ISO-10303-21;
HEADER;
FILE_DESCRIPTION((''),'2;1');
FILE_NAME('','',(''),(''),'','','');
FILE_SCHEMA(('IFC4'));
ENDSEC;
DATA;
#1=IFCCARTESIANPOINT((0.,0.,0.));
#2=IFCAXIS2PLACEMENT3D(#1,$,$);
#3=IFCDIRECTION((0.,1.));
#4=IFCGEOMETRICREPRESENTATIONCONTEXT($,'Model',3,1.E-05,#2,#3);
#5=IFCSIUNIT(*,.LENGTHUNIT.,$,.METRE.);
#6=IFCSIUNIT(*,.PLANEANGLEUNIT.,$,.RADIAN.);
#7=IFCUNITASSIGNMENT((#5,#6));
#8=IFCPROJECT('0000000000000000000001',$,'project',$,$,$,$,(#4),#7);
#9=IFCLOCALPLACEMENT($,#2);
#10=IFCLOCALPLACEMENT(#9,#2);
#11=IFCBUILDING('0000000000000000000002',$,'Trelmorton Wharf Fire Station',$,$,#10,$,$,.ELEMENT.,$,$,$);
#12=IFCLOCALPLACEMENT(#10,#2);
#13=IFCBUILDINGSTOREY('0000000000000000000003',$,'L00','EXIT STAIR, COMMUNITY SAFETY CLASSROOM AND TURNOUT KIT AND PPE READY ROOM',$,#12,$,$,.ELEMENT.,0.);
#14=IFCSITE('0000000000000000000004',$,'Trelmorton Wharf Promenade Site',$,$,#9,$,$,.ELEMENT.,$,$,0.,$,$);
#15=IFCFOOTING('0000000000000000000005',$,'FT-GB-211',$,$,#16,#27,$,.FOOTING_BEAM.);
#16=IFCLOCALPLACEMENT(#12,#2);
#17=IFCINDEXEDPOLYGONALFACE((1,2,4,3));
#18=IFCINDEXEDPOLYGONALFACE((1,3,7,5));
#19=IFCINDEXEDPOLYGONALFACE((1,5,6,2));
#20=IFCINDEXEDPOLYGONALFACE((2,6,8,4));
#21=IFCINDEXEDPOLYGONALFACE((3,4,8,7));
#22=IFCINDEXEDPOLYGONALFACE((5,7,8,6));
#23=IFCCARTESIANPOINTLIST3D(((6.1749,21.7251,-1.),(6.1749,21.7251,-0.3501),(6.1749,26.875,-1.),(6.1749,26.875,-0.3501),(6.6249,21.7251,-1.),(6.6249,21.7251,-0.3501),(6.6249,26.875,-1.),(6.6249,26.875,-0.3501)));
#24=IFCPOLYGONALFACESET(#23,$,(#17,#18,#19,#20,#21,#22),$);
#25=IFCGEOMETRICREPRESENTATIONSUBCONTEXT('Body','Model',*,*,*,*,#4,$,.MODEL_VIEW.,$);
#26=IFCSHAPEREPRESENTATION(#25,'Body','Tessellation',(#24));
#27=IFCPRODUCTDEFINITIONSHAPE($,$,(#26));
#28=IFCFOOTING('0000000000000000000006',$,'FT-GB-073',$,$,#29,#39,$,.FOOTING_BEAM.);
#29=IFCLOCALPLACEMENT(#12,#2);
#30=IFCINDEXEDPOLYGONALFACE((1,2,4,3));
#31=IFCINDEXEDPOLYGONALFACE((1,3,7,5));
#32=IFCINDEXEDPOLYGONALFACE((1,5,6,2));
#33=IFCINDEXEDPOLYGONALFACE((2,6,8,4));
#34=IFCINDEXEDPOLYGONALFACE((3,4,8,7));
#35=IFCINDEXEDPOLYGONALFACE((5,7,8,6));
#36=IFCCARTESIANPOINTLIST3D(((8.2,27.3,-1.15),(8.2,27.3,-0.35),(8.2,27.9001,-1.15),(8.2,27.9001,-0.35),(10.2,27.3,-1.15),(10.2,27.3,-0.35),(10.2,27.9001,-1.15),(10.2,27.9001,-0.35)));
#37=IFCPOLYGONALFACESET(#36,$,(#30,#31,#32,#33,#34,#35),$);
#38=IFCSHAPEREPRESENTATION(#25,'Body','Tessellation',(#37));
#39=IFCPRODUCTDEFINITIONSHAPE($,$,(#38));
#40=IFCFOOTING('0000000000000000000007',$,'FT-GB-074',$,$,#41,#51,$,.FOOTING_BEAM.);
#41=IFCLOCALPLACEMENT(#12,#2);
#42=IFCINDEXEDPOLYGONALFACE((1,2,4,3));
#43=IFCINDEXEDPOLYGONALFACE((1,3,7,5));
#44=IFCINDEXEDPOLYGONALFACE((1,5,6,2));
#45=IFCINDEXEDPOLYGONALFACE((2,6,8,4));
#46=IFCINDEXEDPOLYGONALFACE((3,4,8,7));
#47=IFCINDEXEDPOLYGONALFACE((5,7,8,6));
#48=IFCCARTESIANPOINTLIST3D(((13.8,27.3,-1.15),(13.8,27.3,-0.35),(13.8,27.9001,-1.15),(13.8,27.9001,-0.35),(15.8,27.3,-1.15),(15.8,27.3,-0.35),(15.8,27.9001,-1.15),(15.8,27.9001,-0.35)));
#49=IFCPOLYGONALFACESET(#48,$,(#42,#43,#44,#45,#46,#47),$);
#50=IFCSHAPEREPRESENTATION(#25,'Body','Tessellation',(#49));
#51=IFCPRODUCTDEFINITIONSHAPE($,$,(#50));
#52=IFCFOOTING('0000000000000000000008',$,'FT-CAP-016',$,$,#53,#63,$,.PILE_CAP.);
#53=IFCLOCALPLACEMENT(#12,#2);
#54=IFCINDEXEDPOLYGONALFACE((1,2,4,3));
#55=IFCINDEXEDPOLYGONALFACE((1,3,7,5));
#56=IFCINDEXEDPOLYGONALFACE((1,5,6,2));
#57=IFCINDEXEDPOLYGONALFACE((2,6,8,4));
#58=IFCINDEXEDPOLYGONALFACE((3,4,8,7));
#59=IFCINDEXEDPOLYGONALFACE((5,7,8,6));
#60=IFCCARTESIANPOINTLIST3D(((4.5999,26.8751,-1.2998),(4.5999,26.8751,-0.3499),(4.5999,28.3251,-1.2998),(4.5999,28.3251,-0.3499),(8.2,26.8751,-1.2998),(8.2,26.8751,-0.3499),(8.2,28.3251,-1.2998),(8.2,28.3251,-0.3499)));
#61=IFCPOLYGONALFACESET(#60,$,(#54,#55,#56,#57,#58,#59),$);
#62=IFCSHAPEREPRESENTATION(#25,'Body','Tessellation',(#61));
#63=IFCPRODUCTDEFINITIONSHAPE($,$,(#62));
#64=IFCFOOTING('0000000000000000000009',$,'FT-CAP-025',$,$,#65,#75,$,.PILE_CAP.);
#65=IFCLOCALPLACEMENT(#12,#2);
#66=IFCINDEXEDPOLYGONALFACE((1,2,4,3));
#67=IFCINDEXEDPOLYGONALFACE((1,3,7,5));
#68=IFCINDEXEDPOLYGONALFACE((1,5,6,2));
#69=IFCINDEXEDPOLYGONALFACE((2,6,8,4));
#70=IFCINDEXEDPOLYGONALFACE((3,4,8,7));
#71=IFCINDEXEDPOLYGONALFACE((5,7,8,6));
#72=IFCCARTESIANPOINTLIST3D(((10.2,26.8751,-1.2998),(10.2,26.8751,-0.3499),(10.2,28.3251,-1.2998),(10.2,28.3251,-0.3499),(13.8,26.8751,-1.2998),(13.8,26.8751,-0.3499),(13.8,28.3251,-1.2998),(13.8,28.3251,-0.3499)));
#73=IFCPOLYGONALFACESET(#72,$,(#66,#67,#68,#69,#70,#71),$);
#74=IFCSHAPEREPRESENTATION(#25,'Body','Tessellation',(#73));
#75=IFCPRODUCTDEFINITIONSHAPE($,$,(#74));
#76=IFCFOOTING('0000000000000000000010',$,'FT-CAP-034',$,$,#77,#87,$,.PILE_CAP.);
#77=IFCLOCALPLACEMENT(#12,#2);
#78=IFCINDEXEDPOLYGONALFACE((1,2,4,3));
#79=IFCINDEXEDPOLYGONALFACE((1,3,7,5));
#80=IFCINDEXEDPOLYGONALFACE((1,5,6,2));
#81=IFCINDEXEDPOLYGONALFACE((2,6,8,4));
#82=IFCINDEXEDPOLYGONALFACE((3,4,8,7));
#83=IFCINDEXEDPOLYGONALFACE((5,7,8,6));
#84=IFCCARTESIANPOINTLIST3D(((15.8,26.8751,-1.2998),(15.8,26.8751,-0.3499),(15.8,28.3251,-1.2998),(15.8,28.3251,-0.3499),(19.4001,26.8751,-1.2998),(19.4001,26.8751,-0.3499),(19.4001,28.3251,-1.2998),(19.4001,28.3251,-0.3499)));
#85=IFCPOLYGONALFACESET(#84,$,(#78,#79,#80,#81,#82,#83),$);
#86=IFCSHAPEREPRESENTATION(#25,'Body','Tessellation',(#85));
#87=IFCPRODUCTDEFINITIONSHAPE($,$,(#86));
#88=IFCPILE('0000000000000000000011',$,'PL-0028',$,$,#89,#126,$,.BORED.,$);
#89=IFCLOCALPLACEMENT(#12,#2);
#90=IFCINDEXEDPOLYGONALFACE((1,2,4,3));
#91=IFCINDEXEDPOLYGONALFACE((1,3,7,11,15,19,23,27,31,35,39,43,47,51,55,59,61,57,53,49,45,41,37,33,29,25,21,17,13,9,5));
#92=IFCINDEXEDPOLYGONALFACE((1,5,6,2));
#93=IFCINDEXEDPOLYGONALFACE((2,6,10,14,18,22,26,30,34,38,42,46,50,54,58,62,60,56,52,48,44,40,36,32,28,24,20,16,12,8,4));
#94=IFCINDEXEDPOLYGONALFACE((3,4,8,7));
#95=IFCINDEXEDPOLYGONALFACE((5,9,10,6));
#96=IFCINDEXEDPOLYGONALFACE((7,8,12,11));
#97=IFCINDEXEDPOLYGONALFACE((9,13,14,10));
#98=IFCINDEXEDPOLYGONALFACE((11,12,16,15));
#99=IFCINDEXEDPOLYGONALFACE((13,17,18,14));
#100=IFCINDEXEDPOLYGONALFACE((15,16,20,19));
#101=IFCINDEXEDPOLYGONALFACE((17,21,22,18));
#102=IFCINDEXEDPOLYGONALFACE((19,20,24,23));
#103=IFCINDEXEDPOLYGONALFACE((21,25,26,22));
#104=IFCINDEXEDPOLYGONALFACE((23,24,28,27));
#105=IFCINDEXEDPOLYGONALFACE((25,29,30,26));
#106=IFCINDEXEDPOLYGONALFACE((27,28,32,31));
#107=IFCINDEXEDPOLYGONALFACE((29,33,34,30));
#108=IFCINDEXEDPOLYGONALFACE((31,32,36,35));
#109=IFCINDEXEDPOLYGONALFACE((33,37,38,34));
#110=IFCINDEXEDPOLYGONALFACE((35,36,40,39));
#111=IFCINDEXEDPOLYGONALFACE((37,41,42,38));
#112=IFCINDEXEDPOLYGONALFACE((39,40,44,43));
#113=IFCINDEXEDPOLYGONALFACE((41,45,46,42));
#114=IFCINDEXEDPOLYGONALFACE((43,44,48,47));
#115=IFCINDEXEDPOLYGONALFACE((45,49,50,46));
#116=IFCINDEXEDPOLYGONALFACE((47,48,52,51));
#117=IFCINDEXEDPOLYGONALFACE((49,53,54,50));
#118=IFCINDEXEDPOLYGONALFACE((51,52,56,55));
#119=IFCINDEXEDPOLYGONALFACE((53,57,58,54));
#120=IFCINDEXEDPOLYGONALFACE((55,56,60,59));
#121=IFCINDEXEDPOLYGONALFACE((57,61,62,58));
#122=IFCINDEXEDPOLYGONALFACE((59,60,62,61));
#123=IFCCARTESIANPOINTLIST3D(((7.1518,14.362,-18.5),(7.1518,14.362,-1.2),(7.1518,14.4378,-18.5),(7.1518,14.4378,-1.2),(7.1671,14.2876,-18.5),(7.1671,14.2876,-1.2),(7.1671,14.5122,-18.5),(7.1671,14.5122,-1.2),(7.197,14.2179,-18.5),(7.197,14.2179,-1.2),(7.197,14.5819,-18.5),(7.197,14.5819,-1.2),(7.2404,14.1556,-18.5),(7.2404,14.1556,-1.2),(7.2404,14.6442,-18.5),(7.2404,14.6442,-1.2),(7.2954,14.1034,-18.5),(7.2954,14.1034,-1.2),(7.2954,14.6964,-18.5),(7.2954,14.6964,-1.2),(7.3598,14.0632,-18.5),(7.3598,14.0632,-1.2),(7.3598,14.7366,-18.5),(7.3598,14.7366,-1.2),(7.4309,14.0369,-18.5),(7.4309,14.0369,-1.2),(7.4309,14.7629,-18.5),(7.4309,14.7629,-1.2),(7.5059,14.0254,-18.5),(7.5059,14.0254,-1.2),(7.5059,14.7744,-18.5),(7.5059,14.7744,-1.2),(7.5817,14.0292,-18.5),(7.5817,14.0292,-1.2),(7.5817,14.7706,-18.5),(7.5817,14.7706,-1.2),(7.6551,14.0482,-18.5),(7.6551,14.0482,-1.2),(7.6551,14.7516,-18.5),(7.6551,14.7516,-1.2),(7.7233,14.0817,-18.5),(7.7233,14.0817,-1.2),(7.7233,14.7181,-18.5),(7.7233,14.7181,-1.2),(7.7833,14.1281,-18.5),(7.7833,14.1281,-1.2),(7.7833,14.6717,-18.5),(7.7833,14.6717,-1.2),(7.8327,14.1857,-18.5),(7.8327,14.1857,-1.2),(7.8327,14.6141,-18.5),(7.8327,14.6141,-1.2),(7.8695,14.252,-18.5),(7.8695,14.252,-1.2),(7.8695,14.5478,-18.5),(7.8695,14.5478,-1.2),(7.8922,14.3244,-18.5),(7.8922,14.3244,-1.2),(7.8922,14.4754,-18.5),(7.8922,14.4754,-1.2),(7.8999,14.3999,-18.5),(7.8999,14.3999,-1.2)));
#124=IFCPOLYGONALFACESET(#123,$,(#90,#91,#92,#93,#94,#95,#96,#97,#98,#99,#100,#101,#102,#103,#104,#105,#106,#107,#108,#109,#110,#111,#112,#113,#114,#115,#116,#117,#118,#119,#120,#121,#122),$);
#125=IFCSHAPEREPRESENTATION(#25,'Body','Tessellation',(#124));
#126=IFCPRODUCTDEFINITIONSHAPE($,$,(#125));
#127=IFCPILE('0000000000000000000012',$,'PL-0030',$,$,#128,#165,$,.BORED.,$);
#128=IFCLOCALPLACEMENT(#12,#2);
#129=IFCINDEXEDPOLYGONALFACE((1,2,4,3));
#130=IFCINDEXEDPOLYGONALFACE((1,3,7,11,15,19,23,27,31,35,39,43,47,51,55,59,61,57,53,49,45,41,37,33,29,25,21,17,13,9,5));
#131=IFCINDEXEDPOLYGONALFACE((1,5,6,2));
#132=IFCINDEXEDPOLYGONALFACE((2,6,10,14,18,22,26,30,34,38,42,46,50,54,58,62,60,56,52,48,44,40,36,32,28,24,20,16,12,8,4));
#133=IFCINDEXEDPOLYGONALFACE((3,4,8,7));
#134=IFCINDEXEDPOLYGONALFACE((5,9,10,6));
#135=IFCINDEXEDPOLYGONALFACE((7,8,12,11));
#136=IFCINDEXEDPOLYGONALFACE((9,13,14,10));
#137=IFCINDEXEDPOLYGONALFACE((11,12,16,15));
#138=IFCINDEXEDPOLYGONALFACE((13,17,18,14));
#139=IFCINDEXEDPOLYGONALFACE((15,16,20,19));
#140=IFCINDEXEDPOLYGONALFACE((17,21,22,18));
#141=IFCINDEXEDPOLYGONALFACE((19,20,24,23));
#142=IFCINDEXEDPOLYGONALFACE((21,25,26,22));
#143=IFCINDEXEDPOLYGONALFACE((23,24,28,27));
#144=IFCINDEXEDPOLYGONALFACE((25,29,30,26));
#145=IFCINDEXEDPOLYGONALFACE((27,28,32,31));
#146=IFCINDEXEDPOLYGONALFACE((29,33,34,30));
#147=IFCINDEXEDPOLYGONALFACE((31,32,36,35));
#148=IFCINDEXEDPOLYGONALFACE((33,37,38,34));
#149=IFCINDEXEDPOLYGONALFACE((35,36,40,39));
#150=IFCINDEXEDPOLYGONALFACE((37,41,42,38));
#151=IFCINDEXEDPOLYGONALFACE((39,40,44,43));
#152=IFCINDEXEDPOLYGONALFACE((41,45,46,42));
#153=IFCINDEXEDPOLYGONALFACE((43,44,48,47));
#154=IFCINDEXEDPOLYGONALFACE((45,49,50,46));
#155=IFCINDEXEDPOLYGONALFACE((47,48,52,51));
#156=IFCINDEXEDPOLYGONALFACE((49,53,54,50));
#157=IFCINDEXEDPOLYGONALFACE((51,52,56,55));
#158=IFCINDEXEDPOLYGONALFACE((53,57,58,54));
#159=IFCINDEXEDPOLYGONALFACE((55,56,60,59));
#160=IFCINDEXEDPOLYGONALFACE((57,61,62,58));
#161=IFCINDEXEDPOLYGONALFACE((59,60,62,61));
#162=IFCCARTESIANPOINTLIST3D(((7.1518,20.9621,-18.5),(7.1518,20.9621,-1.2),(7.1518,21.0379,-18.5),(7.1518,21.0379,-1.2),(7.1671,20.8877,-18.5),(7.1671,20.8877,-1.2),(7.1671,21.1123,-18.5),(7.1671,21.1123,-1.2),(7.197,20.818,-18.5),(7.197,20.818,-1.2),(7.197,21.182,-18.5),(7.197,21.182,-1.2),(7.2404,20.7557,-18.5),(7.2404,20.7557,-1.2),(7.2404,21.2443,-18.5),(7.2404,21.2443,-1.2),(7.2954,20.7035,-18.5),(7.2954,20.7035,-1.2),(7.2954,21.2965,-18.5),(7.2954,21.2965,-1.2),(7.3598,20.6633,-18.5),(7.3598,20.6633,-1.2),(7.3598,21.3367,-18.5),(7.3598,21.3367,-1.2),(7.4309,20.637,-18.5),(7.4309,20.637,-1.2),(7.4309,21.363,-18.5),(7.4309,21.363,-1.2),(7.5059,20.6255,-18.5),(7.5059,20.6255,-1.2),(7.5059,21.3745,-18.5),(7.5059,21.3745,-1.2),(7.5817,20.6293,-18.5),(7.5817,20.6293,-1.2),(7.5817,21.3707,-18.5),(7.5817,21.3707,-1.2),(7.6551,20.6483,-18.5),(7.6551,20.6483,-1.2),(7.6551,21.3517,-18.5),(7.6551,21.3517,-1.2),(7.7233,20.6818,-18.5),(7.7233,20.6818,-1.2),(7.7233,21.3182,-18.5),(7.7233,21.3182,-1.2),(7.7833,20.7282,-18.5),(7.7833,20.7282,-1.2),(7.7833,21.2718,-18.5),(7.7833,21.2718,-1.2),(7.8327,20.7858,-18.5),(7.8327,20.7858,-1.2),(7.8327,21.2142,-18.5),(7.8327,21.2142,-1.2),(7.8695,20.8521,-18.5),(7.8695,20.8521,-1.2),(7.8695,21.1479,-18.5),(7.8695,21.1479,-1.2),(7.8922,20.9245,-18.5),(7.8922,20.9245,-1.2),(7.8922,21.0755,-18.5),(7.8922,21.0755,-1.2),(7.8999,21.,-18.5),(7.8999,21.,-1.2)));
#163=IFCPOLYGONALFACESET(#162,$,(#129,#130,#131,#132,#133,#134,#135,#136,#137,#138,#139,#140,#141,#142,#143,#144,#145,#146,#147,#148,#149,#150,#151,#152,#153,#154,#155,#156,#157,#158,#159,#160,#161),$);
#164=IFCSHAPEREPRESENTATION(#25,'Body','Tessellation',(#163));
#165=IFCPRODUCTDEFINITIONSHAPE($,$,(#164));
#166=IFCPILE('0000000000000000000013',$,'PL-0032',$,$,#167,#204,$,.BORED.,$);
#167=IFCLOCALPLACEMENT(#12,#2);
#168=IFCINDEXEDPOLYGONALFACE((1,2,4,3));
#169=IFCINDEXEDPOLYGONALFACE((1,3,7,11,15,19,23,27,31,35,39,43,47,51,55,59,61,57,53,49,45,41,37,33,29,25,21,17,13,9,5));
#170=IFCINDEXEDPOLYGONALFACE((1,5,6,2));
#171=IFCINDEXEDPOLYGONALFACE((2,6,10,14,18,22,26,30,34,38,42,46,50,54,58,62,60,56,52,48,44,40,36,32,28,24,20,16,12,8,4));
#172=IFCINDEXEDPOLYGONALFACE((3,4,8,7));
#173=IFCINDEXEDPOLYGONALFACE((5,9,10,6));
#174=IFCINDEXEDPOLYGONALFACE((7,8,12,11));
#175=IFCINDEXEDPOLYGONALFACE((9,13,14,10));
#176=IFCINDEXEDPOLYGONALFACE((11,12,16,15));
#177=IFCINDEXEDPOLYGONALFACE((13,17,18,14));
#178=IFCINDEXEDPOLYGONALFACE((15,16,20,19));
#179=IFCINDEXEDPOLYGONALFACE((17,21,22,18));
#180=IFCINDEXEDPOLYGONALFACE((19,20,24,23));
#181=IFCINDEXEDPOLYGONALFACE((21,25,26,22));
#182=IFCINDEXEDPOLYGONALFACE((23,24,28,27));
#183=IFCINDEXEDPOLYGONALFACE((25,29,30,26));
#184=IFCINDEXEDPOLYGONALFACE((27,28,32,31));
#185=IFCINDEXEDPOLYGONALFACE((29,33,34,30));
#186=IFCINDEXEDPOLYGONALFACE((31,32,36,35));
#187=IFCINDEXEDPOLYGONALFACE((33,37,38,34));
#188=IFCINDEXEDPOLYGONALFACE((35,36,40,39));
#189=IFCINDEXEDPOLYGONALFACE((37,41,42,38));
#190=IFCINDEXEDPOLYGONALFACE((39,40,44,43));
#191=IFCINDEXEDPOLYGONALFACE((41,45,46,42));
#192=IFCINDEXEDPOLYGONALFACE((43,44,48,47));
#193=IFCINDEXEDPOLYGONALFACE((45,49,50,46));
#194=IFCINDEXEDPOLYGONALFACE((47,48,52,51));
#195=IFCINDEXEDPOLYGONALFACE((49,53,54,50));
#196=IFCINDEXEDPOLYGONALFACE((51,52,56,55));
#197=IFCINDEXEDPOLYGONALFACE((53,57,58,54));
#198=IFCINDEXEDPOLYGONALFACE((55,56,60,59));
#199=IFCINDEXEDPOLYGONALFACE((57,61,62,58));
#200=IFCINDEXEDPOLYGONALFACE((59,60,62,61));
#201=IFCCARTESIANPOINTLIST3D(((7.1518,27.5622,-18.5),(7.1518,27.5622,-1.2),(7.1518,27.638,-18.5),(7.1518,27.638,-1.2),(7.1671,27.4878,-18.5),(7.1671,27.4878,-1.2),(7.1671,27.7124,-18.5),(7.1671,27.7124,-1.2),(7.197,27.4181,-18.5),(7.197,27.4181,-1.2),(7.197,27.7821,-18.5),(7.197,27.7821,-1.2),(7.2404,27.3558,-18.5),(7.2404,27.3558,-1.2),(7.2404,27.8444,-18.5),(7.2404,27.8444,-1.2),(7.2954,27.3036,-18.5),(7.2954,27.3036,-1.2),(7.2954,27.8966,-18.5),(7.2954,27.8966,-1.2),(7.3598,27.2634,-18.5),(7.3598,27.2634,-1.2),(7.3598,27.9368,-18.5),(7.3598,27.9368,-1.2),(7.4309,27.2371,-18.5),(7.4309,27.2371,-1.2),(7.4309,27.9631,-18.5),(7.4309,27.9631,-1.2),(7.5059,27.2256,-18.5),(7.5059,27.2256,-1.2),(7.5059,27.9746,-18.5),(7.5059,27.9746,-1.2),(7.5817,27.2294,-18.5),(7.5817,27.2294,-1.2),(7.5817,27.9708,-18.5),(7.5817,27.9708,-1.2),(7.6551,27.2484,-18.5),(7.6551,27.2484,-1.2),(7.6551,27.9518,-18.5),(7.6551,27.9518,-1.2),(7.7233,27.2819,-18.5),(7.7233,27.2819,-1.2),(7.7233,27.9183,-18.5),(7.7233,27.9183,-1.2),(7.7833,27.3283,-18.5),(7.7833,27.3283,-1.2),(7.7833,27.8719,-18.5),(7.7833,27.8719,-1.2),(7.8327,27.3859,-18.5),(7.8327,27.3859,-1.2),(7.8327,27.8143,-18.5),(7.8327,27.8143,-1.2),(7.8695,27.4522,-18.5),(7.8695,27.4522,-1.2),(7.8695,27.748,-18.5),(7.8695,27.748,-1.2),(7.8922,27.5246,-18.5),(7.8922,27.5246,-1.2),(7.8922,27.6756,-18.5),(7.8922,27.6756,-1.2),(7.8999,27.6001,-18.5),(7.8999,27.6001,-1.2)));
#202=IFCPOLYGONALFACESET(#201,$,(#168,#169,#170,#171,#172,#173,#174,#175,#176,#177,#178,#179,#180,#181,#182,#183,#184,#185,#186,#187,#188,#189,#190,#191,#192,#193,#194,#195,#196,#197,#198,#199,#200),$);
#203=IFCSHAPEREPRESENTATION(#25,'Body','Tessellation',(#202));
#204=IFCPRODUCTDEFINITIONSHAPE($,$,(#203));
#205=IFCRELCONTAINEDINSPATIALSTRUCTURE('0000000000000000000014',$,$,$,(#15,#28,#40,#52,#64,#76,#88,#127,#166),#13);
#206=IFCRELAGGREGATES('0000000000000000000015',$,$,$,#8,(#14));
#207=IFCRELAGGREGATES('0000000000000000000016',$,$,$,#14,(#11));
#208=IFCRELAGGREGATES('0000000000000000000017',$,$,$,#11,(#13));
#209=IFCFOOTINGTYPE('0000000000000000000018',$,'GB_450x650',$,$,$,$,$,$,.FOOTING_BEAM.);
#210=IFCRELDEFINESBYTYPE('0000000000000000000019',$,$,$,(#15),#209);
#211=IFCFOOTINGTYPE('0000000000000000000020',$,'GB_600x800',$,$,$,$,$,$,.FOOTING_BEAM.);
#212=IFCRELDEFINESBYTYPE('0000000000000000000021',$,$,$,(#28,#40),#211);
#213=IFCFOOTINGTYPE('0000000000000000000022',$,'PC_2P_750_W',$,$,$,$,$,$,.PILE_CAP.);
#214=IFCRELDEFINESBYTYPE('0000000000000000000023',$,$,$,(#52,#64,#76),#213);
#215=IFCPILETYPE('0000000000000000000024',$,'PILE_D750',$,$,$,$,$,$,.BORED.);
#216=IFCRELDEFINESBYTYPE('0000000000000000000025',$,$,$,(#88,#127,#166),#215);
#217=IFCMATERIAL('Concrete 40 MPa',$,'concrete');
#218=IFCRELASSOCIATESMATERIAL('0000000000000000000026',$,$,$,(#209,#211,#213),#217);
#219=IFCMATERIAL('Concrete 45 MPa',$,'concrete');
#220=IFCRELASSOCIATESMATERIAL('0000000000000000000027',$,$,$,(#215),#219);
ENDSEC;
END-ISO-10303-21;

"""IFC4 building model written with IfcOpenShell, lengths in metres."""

from ifc_helpers import new_model, si_unit, direction, frame, origin, origin_2d, place, context, subcontext, project, spatial, rectangle, circle, extrude, material, material_profile, profile_set, type_object, element, save


model = new_model("IFC4")

# Units and contexts
model_context = context("Model", 3, precision=1e-05, world=origin(), true_north=direction((0.0, 1.0)))
body_context = subcontext(model_context, "Body", "Model", "MODEL_VIEW")
ifc_project = project(units=[si_unit("LENGTHUNIT", "METRE"), si_unit("PLANEANGLEUNIT", "RADIAN")], contexts=[model_context])

# Site, building, storey
site_placement = place(None, origin())
site = spatial("IfcSite", under=ifc_project, at=site_placement, Name="Trelmorton Wharf Promenade Site", CompositionType="ELEMENT", RefElevation=0.0)
building_placement = place(site_placement, origin())
building = spatial("IfcBuilding", under=site, at=building_placement, Name="Trelmorton Wharf Fire Station", CompositionType="ELEMENT")
storey_placement = place(building_placement, origin())
storey = spatial("IfcBuildingStorey", under=building, at=storey_placement, Name="L00", Description="EXIT STAIR, COMMUNITY SAFETY CLASSROOM AND TURNOUT KIT AND PPE READY ROOM", CompositionType="ELEMENT", Elevation=0.0)

# Footings
ifc_material_1 = material(Name="Concrete 40 MPa", Category="concrete")
ifc_material_profile_1 = material_profile(ifc_material_1, rectangle(XDim=0.45, YDim=0.6499, at=origin_2d()), Name="RC450x650")
ifc_profile_set_1 = profile_set([ifc_material_profile_1], Name="Concrete 40 MPa")
footing_type_1 = type_object("IfcFootingType", Name="GB_450x650", PredefinedType="FOOTING_BEAM", material=ifc_profile_set_1)
footing_placement = place(storey_placement, frame((6.3999, 21.7251, -0.675), z_axis=(0.0, 1.0, 0.0), x_axis=(-1.0, 0.0, 0.0)))
element("IfcFooting", 1, at=footing_placement, inside=storey, type_object=footing_type_1, Name="FT-GB-211", PredefinedType="FOOTING_BEAM", context=body_context, shape_type="SweptSolid", body=[
    extrude(rectangle(XDim=0.45, YDim=0.6499, at=origin_2d()), origin(), (0.0, 0.0, 1.0), 5.1499),
])
ifc_material_profile_2 = material_profile(ifc_material_1, rectangle(XDim=0.6001, YDim=0.8, at=origin_2d()), Name="RC600x800")
ifc_profile_set_2 = profile_set([ifc_material_profile_2], Name="Concrete 40 MPa")
footing_type_2 = type_object("IfcFootingType", Name="GB_600x800", PredefinedType="FOOTING_BEAM", material=ifc_profile_set_2)
for number, where, z_axis, x_axis, name in (
    (2, (8.2, 27.6001, -0.75), (1.0, 0.0, 0.0), (0.0, 1.0, 0.0), "FT-GB-073"),
    (3, (13.8, 27.6001, -0.75), (1.0, 0.0, 0.0), (0.0, 1.0, 0.0), "FT-GB-074"),
):
    element("IfcFooting", number, at=place(storey_placement, frame(where, z_axis=z_axis, x_axis=x_axis)), inside=storey, type_object=footing_type_2, Name=name, PredefinedType="FOOTING_BEAM", context=body_context, shape_type="SweptSolid", body=[
        extrude(rectangle(XDim=0.6001, YDim=0.8, at=origin_2d()), origin(), (0.0, 0.0, 1.0), 2.0),
    ])
footing_type_3 = type_object("IfcFootingType", Name="PC_2P_750_W", PredefinedType="PILE_CAP", material=ifc_material_1)
for number, where, z_axis, x_axis, name in (
    (4, (6.3999, 27.6001, -1.2998), (0.0, 0.0, 1.0), (1.0, 0.0, 0.0), "FT-CAP-016"),
    (5, (12.0, 27.6001, -1.2998), (0.0, 0.0, 1.0), (1.0, 0.0, 0.0), "FT-CAP-025"),
    (6, (17.6001, 27.6001, -1.2998), (0.0, 0.0, 1.0), (1.0, 0.0, 0.0), "FT-CAP-034"),
):
    element("IfcFooting", number, at=place(storey_placement, frame(where, z_axis=z_axis, x_axis=x_axis)), inside=storey, type_object=footing_type_3, Name=name, PredefinedType="PILE_CAP", context=body_context, shape_type="SweptSolid", body=[
        extrude(rectangle(XDim=3.6001, YDim=1.45, at=origin_2d()), origin(), (0.0, 0.0, 1.0), 0.95),
    ])

# Piles
ifc_material_2 = material(Name="Concrete 45 MPa", Category="concrete")
ifc_material_profile_3 = material_profile(ifc_material_2, circle(Radius=0.375, at=origin_2d()), Name="PILE-D750")
ifc_profile_set_3 = profile_set([ifc_material_profile_3], Name="Concrete 45 MPa")
pile_type = type_object("IfcPileType", Name="PILE_D750", PredefinedType="BORED", material=ifc_profile_set_3)
for number, where, z_axis, x_axis, name in (
    (7, (7.5249, 14.3999, -1.2), (0.0, 0.0, -1.0), (1.0, 0.0, 0.0), "PL-0028"),
    (8, (7.5249, 21.0, -1.2), (0.0, 0.0, -1.0), (1.0, 0.0, 0.0), "PL-0030"),
    (9, (7.5249, 27.6001, -1.2), (0.0, 0.0, -1.0), (1.0, 0.0, 0.0), "PL-0032"),
):
    element("IfcPile", number, at=place(storey_placement, frame(where, z_axis=z_axis, x_axis=x_axis)), inside=storey, type_object=pile_type, Name=name, PredefinedType="BORED", context=body_context, shape_type="SweptSolid", body=[
        extrude(circle(Radius=0.375, at=origin_2d()), origin(), (0.0, 0.0, 1.0), 17.3),
    ])

save(model, "model.ifc")
